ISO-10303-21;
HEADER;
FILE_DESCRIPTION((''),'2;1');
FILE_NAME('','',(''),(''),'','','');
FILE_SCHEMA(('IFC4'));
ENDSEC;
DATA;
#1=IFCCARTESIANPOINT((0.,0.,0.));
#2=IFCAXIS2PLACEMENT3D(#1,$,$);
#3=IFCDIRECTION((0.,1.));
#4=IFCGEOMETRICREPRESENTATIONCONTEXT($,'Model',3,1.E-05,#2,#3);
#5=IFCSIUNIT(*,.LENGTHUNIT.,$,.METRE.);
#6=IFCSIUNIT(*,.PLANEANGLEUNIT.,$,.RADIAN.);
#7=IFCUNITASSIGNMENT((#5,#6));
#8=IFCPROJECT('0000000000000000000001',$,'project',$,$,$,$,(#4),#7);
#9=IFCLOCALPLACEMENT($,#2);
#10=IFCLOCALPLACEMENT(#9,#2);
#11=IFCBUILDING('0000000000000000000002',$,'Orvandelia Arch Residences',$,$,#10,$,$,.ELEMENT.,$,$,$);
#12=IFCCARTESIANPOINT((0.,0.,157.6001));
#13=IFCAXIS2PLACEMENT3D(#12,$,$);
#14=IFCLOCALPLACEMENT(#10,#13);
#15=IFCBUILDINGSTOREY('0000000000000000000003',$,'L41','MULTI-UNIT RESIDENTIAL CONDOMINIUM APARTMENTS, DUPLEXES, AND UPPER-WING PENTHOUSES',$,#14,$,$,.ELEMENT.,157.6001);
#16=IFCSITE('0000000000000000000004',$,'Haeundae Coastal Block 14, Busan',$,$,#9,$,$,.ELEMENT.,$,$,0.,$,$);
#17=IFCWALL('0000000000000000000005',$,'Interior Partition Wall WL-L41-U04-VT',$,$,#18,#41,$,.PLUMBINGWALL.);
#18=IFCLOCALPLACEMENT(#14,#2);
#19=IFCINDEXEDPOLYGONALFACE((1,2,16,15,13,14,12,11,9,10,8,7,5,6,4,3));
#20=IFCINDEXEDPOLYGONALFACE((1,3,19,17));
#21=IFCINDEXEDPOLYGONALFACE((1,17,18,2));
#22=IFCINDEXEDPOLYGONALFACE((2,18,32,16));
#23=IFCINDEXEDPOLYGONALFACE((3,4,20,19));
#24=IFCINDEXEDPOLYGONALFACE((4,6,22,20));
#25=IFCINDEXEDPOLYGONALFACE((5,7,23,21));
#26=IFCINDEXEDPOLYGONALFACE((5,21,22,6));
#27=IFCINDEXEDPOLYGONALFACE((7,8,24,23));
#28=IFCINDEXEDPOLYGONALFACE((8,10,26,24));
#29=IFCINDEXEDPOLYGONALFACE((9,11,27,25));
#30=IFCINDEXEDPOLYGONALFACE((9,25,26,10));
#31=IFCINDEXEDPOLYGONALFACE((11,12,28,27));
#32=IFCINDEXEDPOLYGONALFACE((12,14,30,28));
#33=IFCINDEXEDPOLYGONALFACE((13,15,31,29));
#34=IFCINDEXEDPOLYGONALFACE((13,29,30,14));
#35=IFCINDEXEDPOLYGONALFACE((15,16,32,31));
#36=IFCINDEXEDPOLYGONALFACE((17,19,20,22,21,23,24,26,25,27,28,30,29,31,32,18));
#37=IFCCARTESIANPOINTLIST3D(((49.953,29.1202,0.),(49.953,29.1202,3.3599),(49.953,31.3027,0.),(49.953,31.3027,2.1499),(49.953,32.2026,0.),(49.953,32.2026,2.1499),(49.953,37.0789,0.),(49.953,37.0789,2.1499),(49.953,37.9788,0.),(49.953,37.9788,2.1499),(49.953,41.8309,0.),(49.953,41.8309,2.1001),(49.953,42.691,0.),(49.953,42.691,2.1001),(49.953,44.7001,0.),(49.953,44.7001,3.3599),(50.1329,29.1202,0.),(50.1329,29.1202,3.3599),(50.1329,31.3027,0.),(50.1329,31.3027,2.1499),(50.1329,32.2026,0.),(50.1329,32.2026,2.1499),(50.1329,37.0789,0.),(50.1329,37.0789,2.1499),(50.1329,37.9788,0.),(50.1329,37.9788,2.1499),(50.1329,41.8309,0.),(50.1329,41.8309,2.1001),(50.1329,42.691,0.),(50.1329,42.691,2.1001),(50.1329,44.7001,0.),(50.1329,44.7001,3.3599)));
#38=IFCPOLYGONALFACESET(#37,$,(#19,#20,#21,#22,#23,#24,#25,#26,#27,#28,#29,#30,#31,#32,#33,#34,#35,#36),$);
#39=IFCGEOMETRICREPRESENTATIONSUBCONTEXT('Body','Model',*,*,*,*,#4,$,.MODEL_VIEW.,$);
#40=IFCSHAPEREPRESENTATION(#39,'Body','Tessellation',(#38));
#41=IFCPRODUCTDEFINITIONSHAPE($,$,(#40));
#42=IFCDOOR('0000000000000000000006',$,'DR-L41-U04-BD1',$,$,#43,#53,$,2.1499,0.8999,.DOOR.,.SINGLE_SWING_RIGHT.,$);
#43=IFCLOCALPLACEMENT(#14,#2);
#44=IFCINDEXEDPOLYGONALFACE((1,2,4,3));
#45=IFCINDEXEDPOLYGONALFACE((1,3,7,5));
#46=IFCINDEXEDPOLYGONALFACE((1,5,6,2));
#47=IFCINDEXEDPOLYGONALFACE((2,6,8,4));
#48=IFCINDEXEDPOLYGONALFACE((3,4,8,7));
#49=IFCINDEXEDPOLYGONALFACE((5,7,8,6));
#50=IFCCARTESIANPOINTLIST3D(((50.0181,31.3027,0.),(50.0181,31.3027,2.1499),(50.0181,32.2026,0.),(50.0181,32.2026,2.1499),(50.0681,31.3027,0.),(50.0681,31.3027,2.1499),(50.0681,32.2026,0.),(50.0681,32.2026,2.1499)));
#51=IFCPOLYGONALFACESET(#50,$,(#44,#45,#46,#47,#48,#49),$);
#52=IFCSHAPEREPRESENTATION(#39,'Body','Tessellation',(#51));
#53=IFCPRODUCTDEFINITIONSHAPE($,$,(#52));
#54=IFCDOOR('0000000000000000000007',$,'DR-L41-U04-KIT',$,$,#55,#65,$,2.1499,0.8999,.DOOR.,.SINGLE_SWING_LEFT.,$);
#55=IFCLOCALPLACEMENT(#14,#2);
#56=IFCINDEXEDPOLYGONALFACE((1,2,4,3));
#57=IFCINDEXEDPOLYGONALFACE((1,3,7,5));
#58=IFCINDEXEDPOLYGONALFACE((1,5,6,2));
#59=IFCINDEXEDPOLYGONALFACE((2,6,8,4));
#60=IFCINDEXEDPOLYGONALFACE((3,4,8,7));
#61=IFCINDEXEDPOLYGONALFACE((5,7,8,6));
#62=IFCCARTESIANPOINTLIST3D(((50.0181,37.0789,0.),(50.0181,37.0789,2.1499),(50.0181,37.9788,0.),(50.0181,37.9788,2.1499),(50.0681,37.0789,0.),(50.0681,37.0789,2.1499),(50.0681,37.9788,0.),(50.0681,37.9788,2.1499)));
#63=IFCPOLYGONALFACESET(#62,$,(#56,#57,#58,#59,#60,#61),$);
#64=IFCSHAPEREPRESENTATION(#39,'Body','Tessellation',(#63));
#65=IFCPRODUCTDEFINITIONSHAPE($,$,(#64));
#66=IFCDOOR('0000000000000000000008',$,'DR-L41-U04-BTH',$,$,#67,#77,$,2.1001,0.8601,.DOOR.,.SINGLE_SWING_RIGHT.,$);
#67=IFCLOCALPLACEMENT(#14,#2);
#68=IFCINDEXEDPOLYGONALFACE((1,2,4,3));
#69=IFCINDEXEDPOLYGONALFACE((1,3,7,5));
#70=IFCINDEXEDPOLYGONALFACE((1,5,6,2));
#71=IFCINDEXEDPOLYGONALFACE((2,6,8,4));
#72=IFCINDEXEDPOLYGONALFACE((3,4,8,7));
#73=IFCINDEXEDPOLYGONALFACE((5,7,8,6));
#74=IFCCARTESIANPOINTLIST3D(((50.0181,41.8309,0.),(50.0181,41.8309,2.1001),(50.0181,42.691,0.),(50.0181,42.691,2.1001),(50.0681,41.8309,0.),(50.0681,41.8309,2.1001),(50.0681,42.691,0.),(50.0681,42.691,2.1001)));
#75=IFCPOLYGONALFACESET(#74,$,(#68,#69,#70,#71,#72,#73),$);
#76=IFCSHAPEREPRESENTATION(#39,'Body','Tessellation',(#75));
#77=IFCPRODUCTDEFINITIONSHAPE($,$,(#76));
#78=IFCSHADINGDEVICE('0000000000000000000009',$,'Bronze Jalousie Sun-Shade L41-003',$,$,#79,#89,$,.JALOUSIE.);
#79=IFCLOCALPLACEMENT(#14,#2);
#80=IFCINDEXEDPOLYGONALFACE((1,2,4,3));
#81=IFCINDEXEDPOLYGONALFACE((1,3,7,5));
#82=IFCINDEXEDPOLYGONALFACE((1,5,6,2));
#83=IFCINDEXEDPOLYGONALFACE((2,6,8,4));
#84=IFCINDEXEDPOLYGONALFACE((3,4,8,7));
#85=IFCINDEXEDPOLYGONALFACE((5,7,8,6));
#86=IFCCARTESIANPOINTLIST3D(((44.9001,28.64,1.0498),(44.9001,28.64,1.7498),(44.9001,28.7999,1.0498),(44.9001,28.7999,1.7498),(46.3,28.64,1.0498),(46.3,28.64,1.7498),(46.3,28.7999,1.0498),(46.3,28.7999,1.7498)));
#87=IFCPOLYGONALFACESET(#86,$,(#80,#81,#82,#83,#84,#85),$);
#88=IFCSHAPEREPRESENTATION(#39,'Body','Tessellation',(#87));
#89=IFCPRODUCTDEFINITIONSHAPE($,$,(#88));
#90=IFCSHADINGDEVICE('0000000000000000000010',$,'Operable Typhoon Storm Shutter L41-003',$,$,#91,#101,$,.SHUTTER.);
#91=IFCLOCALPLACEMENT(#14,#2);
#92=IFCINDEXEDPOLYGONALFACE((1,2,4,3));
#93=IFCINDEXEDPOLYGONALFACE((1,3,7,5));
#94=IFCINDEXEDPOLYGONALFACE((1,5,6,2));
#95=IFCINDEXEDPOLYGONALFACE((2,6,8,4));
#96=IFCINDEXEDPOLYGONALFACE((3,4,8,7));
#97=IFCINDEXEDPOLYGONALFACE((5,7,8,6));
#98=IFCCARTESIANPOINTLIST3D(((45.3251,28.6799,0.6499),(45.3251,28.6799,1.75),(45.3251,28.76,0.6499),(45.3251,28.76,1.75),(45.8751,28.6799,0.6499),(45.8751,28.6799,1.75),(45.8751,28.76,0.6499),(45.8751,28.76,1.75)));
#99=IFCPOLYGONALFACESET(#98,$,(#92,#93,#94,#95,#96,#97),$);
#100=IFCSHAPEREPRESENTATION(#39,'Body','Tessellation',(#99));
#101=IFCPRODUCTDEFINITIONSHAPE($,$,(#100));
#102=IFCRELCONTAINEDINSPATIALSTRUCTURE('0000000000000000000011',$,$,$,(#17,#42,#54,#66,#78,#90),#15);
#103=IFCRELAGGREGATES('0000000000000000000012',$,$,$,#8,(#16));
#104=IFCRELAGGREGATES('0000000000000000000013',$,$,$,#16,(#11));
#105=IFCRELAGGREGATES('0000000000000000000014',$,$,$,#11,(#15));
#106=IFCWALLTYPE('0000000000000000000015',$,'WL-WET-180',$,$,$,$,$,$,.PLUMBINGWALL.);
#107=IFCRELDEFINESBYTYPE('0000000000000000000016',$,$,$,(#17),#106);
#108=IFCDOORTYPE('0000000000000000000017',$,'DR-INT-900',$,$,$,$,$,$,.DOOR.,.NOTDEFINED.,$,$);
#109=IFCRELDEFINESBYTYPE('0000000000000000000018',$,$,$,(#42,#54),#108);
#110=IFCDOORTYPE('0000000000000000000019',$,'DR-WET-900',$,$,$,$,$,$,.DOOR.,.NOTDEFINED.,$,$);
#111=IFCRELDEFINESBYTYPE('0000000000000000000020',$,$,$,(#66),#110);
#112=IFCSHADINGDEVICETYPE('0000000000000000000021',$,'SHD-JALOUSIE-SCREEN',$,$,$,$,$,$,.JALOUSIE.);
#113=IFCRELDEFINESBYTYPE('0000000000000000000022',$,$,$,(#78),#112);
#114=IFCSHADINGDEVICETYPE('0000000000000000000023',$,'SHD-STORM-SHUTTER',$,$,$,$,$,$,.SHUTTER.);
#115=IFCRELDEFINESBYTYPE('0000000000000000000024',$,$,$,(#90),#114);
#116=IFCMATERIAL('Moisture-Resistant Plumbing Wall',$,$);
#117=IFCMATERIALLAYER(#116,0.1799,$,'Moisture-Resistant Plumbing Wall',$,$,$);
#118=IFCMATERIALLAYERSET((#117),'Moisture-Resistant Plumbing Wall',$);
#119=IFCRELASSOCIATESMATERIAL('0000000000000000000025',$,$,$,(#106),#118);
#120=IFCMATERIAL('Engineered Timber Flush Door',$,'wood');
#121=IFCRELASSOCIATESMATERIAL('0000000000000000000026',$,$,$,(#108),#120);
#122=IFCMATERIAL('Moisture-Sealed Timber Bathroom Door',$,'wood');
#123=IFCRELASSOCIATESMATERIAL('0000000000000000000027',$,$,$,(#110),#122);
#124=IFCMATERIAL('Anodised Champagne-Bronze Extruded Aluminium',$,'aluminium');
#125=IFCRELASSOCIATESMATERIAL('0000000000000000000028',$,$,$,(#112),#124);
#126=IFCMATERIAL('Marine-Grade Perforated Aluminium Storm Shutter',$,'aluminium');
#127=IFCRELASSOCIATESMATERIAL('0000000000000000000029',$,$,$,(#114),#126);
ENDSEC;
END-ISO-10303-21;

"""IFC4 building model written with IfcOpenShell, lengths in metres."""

from ifc_helpers import new_model, si_unit, direction, frame, frame_2d, origin, origin_2d, place, context, subcontext, project, spatial, rectangle, extrude, material, layer, layer_set, type_object, element, fill, save


model = new_model("IFC4")

# Units and contexts
model_context = context("Model", 3, precision=1e-05, world=origin(), true_north=direction((0.0, 1.0)))
body_context = subcontext(model_context, "Body", "Model", "MODEL_VIEW")
ifc_project = project(units=[si_unit("LENGTHUNIT", "METRE"), si_unit("PLANEANGLEUNIT", "RADIAN")], contexts=[model_context])

# Site, building, storey
site_placement = place(None, origin())
site = spatial("IfcSite", under=ifc_project, at=site_placement, Name="Haeundae Coastal Block 14, Busan", CompositionType="ELEMENT", RefElevation=0.0)
building_placement = place(site_placement, origin())
building = spatial("IfcBuilding", under=site, at=building_placement, Name="Orvandelia Arch Residences", CompositionType="ELEMENT")
storey_placement = place(building_placement, frame((0.0, 0.0, 157.6001)))
storey = spatial("IfcBuildingStorey", under=building, at=storey_placement, Name="L41", Description="MULTI-UNIT RESIDENTIAL CONDOMINIUM APARTMENTS, DUPLEXES, AND UPPER-WING PENTHOUSES", CompositionType="ELEMENT", Elevation=157.6001)

# Wall, openings, doors
ifc_material_1 = material(Name="Moisture-Resistant Plumbing Wall")
ifc_layer_1 = layer(ifc_material_1, 0.1799, Name="Moisture-Resistant Plumbing Wall")
ifc_layer_set_1 = layer_set([ifc_layer_1], Name="Moisture-Resistant Plumbing Wall")
wall_type_1 = type_object("IfcWallType", Name="WL-WET-180", PredefinedType="PLUMBINGWALL", material=ifc_layer_set_1)
wall_1_placement = place(storey_placement, frame((50.043, 29.1201, 0.0), z_axis=(0.0, 0.0, 1.0), x_axis=(0.0, 1.0, 0.0)))
wall_1 = element("IfcWall", 1, at=wall_1_placement, inside=storey, type_object=wall_type_1, Name="Interior Partition Wall WL-L41-U04-VT", PredefinedType="PLUMBINGWALL", context=body_context, shape_type="SweptSolid", body=[
    extrude(rectangle(XDim=15.5798, YDim=0.1799, at=frame_2d((7.79, 0.0))), origin(), (0.0, 0.0, 1.0), 3.3599),
])
opening_1_placement = place(wall_1_placement, frame((2.1826, 0.0, 0.0)))
opening_1 = element("IfcOpeningElement", 2, at=opening_1_placement, cuts=wall_1, PredefinedType="OPENING", context=body_context, shape_type="SweptSolid", body=[
    extrude(rectangle(XDim=0.8999, YDim=2.1499, at=frame_2d((0.45, 1.075))), frame((0.0, 0.1001, 0.0), z_axis=(0.0, -1.0, 0.0), x_axis=(1.0, 0.0, 0.0)), (0.0, 0.0, 1.0), 0.2),
])
opening_2_placement = place(wall_1_placement, frame((7.9587, 0.0, 0.0)))
opening_2 = element("IfcOpeningElement", 3, at=opening_2_placement, cuts=wall_1, PredefinedType="OPENING", context=body_context, shape_type="SweptSolid", body=[
    extrude(rectangle(XDim=0.8999, YDim=2.1499, at=frame_2d((0.45, 1.075))), frame((0.0, 0.1001, 0.0), z_axis=(0.0, -1.0, 0.0), x_axis=(1.0, 0.0, 0.0)), (0.0, 0.0, 1.0), 0.2),
])
opening_3_placement = place(wall_1_placement, frame((12.7107, 0.0, 0.0)))
opening_3 = element("IfcOpeningElement", 4, at=opening_3_placement, cuts=wall_1, PredefinedType="OPENING", context=body_context, shape_type="SweptSolid", body=[
    extrude(rectangle(XDim=0.8601, YDim=2.1001, at=frame_2d((0.4302, 1.05))), frame((0.0, 0.1001, 0.0), z_axis=(0.0, -1.0, 0.0), x_axis=(1.0, 0.0, 0.0)), (0.0, 0.0, 1.0), 0.2),
])
ifc_material_2 = material(Name="Engineered Timber Flush Door", Category="wood")
door_type_1 = type_object("IfcDoorType", Name="DR-INT-900", OperationType="NOTDEFINED", PredefinedType="DOOR", material=ifc_material_2)
door_1_placement = place(opening_1_placement, origin())
door_1 = element("IfcDoor", 5, at=door_1_placement, inside=storey, type_object=door_type_1, Name="DR-L41-U04-BD1", OperationType="SINGLE_SWING_RIGHT", OverallHeight=2.1499, OverallWidth=0.8999, PredefinedType="DOOR", context=body_context, shape_type="SweptSolid", body=[
    extrude(rectangle(XDim=0.8999, YDim=2.1499, at=frame_2d((0.45, 1.075))), frame((0.0, 0.0249, 0.0), z_axis=(0.0, -1.0, 0.0), x_axis=(1.0, 0.0, 0.0)), (0.0, 0.0, 1.0), 0.05),
])
fill(opening_1, door_1)
door_2_placement = place(opening_2_placement, origin())
door_2 = element("IfcDoor", 6, at=door_2_placement, inside=storey, type_object=door_type_1, Name="DR-L41-U04-KIT", OperationType="SINGLE_SWING_LEFT", OverallHeight=2.1499, OverallWidth=0.8999, PredefinedType="DOOR", context=body_context, shape_type="SweptSolid", body=[
    extrude(rectangle(XDim=0.8999, YDim=2.1499, at=frame_2d((0.45, 1.075))), frame((0.0, 0.0249, 0.0), z_axis=(0.0, -1.0, 0.0), x_axis=(1.0, 0.0, 0.0)), (0.0, 0.0, 1.0), 0.05),
])
fill(opening_2, door_2)
ifc_material_3 = material(Name="Moisture-Sealed Timber Bathroom Door", Category="wood")
door_type_2 = type_object("IfcDoorType", Name="DR-WET-900", OperationType="NOTDEFINED", PredefinedType="DOOR", material=ifc_material_3)
door_3_placement = place(opening_3_placement, origin())
door_3 = element("IfcDoor", 7, at=door_3_placement, inside=storey, type_object=door_type_2, Name="DR-L41-U04-BTH", OperationType="SINGLE_SWING_RIGHT", OverallHeight=2.1001, OverallWidth=0.8601, PredefinedType="DOOR", context=body_context, shape_type="SweptSolid", body=[
    extrude(rectangle(XDim=0.8601, YDim=2.1001, at=frame_2d((0.4302, 1.05))), frame((0.0, 0.0249, 0.0), z_axis=(0.0, -1.0, 0.0), x_axis=(1.0, 0.0, 0.0)), (0.0, 0.0, 1.0), 0.05),
])
fill(opening_3, door_3)

# Shading devices
ifc_material_4 = material(Name="Anodised Champagne-Bronze Extruded Aluminium", Category="aluminium")
shading_device_type_1 = type_object("IfcShadingDeviceType", Name="SHD-JALOUSIE-SCREEN", PredefinedType="JALOUSIE", material=ifc_material_4)
shading_device_1_placement = place(storey_placement, frame((45.6001, 28.72, 1.0498), z_axis=(0.0, 0.0, 1.0), x_axis=(-1.0, 0.0, 0.0)))
element("IfcShadingDevice", 8, at=shading_device_1_placement, inside=storey, type_object=shading_device_type_1, Name="Bronze Jalousie Sun-Shade L41-003", PredefinedType="JALOUSIE", context=body_context, shape_type="SweptSolid", body=[
    extrude(rectangle(XDim=1.3999, YDim=0.1599, at=origin_2d()), origin(), (0.0, 0.0, 1.0), 0.7),
])
ifc_material_5 = material(Name="Marine-Grade Perforated Aluminium Storm Shutter", Category="aluminium")
shading_device_type_2 = type_object("IfcShadingDeviceType", Name="SHD-STORM-SHUTTER", PredefinedType="SHUTTER", material=ifc_material_5)
shading_device_2_placement = place(storey_placement, frame((45.6001, 28.72, 0.6499), z_axis=(0.0, 0.0, 1.0), x_axis=(-1.0, 0.0, 0.0)))
element("IfcShadingDevice", 9, at=shading_device_2_placement, inside=storey, type_object=shading_device_type_2, Name="Operable Typhoon Storm Shutter L41-003", PredefinedType="SHUTTER", context=body_context, shape_type="SweptSolid", body=[
    extrude(rectangle(XDim=0.55, YDim=0.0801, at=origin_2d()), origin(), (0.0, 0.0, 1.0), 1.1001),
])

save(model, "model.ifc")
